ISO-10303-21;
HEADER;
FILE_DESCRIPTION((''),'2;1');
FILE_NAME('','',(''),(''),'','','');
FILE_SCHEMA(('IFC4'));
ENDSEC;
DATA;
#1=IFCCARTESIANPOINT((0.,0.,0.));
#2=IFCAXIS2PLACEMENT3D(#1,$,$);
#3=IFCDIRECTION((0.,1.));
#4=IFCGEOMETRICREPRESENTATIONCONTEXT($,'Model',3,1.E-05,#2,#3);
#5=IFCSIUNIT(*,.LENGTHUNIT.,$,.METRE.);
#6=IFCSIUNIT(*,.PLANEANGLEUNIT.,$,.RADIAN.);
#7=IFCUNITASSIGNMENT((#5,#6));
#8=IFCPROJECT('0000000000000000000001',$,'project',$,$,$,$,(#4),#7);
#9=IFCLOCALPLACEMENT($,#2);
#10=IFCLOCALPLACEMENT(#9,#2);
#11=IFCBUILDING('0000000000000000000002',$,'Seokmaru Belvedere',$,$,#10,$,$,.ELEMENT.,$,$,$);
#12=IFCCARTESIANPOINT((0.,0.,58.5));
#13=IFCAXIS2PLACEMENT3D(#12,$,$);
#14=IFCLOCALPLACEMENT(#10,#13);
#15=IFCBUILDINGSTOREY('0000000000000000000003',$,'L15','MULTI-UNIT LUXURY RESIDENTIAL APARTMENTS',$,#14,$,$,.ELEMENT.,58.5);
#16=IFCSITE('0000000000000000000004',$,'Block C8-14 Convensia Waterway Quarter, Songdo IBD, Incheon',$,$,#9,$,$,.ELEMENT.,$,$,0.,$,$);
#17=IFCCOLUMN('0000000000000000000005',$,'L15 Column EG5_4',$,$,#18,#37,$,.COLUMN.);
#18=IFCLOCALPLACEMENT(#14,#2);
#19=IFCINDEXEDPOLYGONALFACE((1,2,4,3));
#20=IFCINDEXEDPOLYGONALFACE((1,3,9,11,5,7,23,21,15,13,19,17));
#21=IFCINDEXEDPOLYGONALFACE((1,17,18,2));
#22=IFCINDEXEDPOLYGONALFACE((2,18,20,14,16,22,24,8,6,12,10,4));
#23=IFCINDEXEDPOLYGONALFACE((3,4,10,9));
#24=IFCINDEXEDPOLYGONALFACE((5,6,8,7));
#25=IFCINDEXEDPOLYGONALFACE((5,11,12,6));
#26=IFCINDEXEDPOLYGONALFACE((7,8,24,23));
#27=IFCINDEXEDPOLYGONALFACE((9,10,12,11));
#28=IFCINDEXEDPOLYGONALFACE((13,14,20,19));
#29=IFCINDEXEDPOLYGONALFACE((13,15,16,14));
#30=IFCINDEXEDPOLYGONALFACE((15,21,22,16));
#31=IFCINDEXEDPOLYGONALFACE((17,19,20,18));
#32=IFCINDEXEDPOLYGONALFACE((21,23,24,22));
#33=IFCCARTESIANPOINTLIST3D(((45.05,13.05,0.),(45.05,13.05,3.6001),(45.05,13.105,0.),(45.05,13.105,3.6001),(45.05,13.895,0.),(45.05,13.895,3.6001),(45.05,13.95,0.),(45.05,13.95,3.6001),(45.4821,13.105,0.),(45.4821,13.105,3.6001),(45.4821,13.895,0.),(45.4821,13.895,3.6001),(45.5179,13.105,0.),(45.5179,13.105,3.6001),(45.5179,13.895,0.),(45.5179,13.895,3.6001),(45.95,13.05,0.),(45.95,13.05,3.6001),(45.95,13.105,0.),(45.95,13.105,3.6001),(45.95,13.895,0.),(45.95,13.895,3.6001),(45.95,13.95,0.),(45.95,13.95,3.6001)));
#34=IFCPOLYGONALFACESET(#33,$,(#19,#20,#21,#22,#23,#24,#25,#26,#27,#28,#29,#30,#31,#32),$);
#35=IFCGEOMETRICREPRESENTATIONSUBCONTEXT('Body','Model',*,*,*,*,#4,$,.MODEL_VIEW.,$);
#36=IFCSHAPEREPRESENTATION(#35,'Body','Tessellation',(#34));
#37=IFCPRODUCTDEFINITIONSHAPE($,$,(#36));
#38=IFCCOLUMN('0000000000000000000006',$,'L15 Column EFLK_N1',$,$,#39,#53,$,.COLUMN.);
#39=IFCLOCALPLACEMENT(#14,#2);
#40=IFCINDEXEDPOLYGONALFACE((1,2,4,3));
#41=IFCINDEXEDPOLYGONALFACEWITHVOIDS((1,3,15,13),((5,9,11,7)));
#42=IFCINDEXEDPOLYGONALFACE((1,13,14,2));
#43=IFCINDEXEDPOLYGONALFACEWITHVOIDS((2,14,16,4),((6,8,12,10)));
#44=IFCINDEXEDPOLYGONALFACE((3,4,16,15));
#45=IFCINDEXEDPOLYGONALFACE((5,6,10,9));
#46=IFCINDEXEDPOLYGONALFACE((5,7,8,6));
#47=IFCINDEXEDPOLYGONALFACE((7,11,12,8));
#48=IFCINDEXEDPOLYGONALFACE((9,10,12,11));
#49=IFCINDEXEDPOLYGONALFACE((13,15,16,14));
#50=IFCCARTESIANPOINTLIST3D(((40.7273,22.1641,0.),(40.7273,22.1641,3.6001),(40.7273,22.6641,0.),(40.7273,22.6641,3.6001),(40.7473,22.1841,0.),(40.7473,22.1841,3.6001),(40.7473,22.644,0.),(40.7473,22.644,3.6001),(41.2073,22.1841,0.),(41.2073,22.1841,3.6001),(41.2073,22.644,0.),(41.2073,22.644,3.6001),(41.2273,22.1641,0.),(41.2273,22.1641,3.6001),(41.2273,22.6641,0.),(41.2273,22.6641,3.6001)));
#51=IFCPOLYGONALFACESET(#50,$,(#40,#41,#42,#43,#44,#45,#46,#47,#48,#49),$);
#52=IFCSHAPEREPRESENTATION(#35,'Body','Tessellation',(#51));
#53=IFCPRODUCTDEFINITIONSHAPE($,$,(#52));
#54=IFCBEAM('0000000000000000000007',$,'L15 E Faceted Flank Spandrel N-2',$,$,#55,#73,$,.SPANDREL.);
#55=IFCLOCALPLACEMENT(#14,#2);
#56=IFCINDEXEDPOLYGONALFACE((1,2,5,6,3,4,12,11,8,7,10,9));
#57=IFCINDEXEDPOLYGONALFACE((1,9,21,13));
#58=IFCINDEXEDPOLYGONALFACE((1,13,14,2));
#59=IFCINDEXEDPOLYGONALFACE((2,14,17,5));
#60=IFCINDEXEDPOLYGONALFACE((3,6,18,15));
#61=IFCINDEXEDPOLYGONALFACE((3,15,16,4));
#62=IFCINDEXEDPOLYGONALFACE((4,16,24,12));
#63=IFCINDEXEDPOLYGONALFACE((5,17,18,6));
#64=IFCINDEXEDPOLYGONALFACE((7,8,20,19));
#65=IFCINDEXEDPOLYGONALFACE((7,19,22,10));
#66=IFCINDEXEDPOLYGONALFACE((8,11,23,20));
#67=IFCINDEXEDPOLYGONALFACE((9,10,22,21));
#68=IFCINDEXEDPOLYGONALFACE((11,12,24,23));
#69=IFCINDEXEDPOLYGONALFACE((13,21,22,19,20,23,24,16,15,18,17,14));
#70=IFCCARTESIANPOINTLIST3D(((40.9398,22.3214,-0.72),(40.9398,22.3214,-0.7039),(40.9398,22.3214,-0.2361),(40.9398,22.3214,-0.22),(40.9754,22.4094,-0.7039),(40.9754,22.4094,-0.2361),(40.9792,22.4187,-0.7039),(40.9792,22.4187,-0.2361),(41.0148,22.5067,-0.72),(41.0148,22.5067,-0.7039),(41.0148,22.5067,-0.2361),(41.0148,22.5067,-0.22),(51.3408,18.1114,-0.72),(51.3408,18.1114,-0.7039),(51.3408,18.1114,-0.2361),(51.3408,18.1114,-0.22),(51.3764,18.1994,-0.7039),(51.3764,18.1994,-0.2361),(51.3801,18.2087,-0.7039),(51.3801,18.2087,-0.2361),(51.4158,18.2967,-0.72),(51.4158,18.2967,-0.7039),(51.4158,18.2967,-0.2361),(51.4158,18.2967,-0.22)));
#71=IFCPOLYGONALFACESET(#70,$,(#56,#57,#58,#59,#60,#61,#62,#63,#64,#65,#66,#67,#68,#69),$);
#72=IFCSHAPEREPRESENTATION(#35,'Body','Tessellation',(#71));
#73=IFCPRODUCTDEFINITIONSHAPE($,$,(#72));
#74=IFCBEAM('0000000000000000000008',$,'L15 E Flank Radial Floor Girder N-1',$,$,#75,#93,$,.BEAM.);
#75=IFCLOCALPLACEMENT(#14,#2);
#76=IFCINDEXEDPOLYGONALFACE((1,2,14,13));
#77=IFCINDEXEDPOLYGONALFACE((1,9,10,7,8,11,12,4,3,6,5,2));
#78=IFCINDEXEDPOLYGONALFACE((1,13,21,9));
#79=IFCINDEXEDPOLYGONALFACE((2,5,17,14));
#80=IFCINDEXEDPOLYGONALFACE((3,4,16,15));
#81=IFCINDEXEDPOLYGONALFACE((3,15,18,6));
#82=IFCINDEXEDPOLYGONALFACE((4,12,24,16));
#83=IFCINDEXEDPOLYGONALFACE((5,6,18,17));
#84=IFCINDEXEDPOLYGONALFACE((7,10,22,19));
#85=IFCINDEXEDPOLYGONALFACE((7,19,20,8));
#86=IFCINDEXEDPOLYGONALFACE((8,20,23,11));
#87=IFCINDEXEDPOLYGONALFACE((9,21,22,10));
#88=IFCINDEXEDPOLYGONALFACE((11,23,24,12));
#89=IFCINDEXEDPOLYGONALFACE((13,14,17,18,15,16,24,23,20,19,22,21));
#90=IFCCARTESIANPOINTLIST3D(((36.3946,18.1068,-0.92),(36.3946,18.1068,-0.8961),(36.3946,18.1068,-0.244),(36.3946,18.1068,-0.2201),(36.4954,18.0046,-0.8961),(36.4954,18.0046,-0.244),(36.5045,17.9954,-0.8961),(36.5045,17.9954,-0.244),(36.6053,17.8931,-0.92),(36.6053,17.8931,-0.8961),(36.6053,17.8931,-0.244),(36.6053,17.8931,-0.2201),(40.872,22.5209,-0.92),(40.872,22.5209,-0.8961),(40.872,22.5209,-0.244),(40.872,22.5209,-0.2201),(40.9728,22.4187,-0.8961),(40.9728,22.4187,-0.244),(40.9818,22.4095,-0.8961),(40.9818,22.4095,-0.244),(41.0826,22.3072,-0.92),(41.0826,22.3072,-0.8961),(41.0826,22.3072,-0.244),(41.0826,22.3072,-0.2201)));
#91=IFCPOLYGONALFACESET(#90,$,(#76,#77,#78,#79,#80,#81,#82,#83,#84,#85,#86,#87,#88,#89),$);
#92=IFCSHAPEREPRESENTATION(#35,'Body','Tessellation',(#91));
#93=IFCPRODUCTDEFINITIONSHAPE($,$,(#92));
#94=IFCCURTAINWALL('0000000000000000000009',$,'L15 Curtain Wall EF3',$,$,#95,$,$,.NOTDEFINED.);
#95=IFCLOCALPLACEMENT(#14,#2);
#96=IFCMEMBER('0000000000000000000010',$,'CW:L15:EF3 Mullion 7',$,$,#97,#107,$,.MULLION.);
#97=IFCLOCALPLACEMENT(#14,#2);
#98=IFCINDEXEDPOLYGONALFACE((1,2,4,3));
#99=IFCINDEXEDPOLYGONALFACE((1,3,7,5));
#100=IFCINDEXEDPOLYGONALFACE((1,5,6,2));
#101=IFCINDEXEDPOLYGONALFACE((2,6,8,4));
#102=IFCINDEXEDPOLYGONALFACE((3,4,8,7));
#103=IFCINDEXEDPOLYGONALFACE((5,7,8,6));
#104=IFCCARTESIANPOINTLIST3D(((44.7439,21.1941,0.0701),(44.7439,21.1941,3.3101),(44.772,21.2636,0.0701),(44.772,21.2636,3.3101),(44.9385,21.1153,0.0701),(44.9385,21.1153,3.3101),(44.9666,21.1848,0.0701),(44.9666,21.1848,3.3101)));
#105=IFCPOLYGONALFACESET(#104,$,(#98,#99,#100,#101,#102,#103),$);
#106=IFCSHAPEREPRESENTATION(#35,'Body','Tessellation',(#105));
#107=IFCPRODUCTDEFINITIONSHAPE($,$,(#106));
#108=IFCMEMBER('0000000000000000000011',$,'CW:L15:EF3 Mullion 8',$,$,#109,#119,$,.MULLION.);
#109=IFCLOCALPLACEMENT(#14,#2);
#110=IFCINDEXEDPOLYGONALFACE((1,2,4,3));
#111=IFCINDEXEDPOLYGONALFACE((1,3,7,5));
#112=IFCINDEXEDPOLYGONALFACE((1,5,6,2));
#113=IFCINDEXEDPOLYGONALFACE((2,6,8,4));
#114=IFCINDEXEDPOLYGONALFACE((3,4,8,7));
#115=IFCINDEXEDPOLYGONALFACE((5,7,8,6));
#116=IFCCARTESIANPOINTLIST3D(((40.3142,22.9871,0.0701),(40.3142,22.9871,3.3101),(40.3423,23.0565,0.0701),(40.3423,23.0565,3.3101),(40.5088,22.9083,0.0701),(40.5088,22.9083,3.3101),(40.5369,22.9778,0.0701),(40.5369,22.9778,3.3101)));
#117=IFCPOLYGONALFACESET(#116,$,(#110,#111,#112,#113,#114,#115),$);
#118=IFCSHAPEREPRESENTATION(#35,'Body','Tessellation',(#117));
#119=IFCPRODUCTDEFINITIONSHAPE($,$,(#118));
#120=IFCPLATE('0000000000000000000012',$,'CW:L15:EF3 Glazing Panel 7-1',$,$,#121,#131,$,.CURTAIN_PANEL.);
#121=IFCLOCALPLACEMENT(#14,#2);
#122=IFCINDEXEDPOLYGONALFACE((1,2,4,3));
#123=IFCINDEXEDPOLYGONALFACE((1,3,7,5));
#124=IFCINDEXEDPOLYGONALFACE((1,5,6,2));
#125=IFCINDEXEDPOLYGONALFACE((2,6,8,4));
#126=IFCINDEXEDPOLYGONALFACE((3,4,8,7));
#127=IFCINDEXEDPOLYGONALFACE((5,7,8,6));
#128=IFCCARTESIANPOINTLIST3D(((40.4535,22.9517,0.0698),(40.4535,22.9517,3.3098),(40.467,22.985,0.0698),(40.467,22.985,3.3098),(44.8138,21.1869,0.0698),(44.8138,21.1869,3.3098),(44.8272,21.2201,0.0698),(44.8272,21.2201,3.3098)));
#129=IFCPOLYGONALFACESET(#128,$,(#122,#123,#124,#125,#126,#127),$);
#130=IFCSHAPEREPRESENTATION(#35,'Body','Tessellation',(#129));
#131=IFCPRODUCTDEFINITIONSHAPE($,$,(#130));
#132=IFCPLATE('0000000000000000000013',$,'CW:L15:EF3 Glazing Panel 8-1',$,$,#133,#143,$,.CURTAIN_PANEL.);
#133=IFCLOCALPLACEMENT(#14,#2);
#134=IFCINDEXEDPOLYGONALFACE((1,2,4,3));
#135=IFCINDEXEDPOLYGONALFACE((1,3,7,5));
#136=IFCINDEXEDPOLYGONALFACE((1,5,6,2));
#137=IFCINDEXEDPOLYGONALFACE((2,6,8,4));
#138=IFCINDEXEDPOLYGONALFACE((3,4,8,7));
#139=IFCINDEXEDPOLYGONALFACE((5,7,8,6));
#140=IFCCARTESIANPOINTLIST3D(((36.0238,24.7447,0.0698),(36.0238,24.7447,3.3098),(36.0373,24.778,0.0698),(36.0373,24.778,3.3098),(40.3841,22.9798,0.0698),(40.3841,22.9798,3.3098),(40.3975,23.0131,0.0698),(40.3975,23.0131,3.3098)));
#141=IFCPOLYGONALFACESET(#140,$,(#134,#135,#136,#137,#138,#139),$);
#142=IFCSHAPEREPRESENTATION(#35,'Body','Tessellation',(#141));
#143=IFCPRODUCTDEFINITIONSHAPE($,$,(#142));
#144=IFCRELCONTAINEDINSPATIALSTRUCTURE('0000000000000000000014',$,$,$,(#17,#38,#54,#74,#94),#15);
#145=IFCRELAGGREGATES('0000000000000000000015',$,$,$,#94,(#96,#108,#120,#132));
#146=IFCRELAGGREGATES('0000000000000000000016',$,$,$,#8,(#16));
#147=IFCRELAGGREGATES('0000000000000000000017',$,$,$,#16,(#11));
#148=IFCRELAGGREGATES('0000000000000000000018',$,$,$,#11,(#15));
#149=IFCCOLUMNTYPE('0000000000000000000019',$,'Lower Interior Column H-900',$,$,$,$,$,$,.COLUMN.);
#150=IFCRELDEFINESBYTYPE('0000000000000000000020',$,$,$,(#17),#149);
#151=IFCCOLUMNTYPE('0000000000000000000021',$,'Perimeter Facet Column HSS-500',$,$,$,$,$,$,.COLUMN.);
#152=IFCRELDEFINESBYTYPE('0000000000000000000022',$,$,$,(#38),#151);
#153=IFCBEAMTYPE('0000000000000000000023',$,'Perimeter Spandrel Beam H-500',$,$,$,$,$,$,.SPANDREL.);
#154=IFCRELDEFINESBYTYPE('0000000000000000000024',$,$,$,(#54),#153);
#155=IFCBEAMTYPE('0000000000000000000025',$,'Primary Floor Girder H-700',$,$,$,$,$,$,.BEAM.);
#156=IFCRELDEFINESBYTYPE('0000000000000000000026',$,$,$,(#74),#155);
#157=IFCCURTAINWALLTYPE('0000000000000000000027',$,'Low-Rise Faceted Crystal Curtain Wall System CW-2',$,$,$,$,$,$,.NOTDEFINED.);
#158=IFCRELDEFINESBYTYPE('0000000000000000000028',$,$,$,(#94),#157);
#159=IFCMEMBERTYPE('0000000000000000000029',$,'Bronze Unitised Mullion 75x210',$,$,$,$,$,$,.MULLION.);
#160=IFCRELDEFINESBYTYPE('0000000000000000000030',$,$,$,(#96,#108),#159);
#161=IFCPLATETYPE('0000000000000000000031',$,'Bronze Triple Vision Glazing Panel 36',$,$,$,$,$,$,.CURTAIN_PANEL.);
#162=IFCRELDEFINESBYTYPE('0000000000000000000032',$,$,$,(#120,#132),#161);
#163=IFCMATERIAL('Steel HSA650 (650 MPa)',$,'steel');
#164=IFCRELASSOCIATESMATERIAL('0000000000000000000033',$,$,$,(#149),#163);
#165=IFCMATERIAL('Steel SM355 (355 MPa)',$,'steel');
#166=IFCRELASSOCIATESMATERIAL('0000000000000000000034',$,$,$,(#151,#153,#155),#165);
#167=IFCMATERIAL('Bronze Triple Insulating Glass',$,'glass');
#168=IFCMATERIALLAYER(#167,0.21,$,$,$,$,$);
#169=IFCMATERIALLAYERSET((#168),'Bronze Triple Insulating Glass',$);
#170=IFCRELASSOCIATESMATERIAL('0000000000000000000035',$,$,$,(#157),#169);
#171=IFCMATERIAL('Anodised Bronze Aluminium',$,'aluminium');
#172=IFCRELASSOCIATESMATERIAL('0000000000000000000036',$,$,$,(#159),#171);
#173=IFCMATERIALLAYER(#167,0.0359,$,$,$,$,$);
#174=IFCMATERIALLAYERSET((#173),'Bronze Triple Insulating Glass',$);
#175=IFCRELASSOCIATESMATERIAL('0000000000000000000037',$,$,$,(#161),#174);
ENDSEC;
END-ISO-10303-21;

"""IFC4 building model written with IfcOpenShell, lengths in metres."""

from ifc_helpers import new_model, si_unit, direction, frame, origin, origin_2d, place, context, subcontext, project, spatial, rectangle, hollow_rectangle, i_section, extrude, source, transform, mapped, material, layer, layer_set, material_profile, profile_set, type_object, type_shapes, element, aggregate, save


model = new_model("IFC4")

# Units and contexts
model_context = context("Model", 3, precision=1e-05, world=origin(), true_north=direction((0.0, 1.0)))
body_context = subcontext(model_context, "Body", "Model", "MODEL_VIEW")
ifc_project = project(units=[si_unit("LENGTHUNIT", "METRE"), si_unit("PLANEANGLEUNIT", "RADIAN")], contexts=[model_context])

# Site, building, storey
site_placement = place(None, origin())
site = spatial("IfcSite", under=ifc_project, at=site_placement, Name="Block C8-14 Convensia Waterway Quarter, Songdo IBD, Incheon", CompositionType="ELEMENT", RefElevation=0.0)
building_placement = place(site_placement, origin())
building = spatial("IfcBuilding", under=site, at=building_placement, Name="Seokmaru Belvedere", CompositionType="ELEMENT")
storey_placement = place(building_placement, frame((0.0, 0.0, 58.5)))
storey = spatial("IfcBuildingStorey", under=building, at=storey_placement, Name="L15", Description="MULTI-UNIT LUXURY RESIDENTIAL APARTMENTS", CompositionType="ELEMENT", Elevation=58.5)

# Columns
ifc_material_1 = material(Name="Steel HSA650 (650 MPa)", Category="steel")
ifc_material_profile_1 = material_profile(ifc_material_1, i_section(OverallWidth=0.8999, OverallDepth=0.8999, WebThickness=0.0359, FlangeThickness=0.0549, at=origin_2d()), Name="H-900x900x36x55")
ifc_profile_set_1 = profile_set([ifc_material_profile_1], Name="Steel HSA650 (650 MPa)")
column_type_1 = type_object("IfcColumnType", Name="Lower Interior Column H-900", PredefinedType="COLUMN", material=ifc_profile_set_1)
shared_shape_1 = source(origin(), body_context, "Body", "SweptSolid", [
    extrude(i_section(OverallWidth=0.8999, OverallDepth=0.8999, WebThickness=0.0359, FlangeThickness=0.0549, at=origin_2d()), origin(), (0.0, 0.0, 1.0), 3.6001),
])
type_shapes(column_type_1, [shared_shape_1])
column_1_placement = place(storey_placement, frame((45.5, 13.5, 0.0), z_axis=(0.0, 0.0, 1.0), x_axis=(1.0, 0.0, 0.0)))
element("IfcColumn", 1, at=column_1_placement, inside=storey, type_object=column_type_1, Name="L15 Column EG5_4", PredefinedType="COLUMN", context=body_context, shape_type="MappedRepresentation", body=[
    mapped(shared_shape_1, transform((0.0, 0.0, 0.0), scale=1.0)),
])
ifc_material_2 = material(Name="Steel SM355 (355 MPa)", Category="steel")
ifc_material_profile_2 = material_profile(ifc_material_2, hollow_rectangle(XDim=0.5, YDim=0.5, WallThickness=0.02, at=origin_2d()), Name="HSS-500x500x20")
ifc_profile_set_2 = profile_set([ifc_material_profile_2], Name="Steel SM355 (355 MPa)")
column_type_2 = type_object("IfcColumnType", Name="Perimeter Facet Column HSS-500", PredefinedType="COLUMN", material=ifc_profile_set_2)
shared_shape_2 = source(origin(), body_context, "Body", "SweptSolid", [
    extrude(hollow_rectangle(XDim=0.5, YDim=0.5, WallThickness=0.02, at=origin_2d()), origin(), (0.0, 0.0, 1.0), 3.6001),
])
type_shapes(column_type_2, [shared_shape_2])
column_2_placement = place(storey_placement, frame((40.9773, 22.4141, 0.0), z_axis=(0.0, 0.0, 1.0), x_axis=(1.0, 0.0, 0.0)))
element("IfcColumn", 2, at=column_2_placement, inside=storey, type_object=column_type_2, Name="L15 Column EFLK_N1", PredefinedType="COLUMN", context=body_context, shape_type="MappedRepresentation", body=[
    mapped(shared_shape_2, transform((0.0, 0.0, 0.0), scale=1.0)),
])

# Beams
ifc_material_profile_3 = material_profile(ifc_material_2, i_section(OverallWidth=0.2, OverallDepth=0.5, WebThickness=0.01, FlangeThickness=0.0161, at=origin_2d()), Name="H-500x200x10x16")
ifc_profile_set_3 = profile_set([ifc_material_profile_3], Name="Steel SM355 (355 MPa)")
beam_type_1 = type_object("IfcBeamType", Name="Perimeter Spandrel Beam H-500", PredefinedType="SPANDREL", material=ifc_profile_set_3)
shared_shape_3 = source(origin(), body_context, "Body", "SweptSolid", [
    extrude(i_section(OverallWidth=0.2, OverallDepth=0.5, WebThickness=0.01, FlangeThickness=0.0161, at=origin_2d()), origin(), (0.0, 0.0, 1.0), 11.2207),
])
type_shapes(beam_type_1, [shared_shape_3])
beam_1_placement = place(storey_placement, frame((40.9773, 22.4141, -0.47), z_axis=(0.926944, -0.375199, 0.0), x_axis=(0.375199, 0.926944, 0.0)))
element("IfcBeam", 3, at=beam_1_placement, inside=storey, type_object=beam_type_1, Name="L15 E Faceted Flank Spandrel N-2", PredefinedType="SPANDREL", context=body_context, shape_type="MappedRepresentation", body=[
    mapped(shared_shape_3, transform((0.0, 0.0, 0.0), scale=1.0)),
])
ifc_material_profile_4 = material_profile(ifc_material_2, i_section(OverallWidth=0.3, OverallDepth=0.7, WebThickness=0.0129, FlangeThickness=0.0239, at=origin_2d()), Name="H-700x300x13x24")
ifc_profile_set_4 = profile_set([ifc_material_profile_4], Name="Steel SM355 (355 MPa)")
beam_type_2 = type_object("IfcBeamType", Name="Primary Floor Girder H-700", PredefinedType="BEAM", material=ifc_profile_set_4)
shared_shape_4 = source(origin(), body_context, "Body", "SweptSolid", [
    extrude(i_section(OverallWidth=0.3, OverallDepth=0.7, WebThickness=0.0129, FlangeThickness=0.0239, at=origin_2d()), origin(), (0.0, 0.0, 1.0), 6.2874),
])
type_shapes(beam_type_2, [shared_shape_4])
beam_2_placement = place(storey_placement, frame((40.9773, 22.4141, -0.5701), z_axis=(-0.712117, -0.70206, 0.0), x_axis=(0.70206, -0.712117, 0.0)))
element("IfcBeam", 4, at=beam_2_placement, inside=storey, type_object=beam_type_2, Name="L15 E Flank Radial Floor Girder N-1", PredefinedType="BEAM", context=body_context, shape_type="MappedRepresentation", body=[
    mapped(shared_shape_4, transform((0.0, 0.0, 0.0), scale=1.0)),
])

# Curtain wall, members, plates
ifc_material_3 = material(Name="Bronze Triple Insulating Glass", Category="glass")
ifc_layer_1 = layer(ifc_material_3, 0.21)
ifc_layer_set_1 = layer_set([ifc_layer_1], Name="Bronze Triple Insulating Glass")
curtain_wall_type = type_object("IfcCurtainWallType", Name="Low-Rise Faceted Crystal Curtain Wall System CW-2", PredefinedType="NOTDEFINED", material=ifc_layer_set_1)
curtain_wall_placement = place(storey_placement, origin())
curtain_wall = element("IfcCurtainWall", 5, at=curtain_wall_placement, inside=storey, type_object=curtain_wall_type, Name="L15 Curtain Wall EF3", PredefinedType="NOTDEFINED")
ifc_material_4 = material(Name="Anodised Bronze Aluminium", Category="aluminium")
ifc_material_profile_5 = material_profile(ifc_material_4, rectangle(XDim=0.075, YDim=0.21, at=origin_2d()), Name="CW-M-75x210")
ifc_profile_set_5 = profile_set([ifc_material_profile_5], Name="Anodised Bronze Aluminium")
member_type = type_object("IfcMemberType", Name="Bronze Unitised Mullion 75x210", PredefinedType="MULLION", material=ifc_profile_set_5)
shared_shape_5 = source(origin(), body_context, "Body", "SweptSolid", [
    extrude(rectangle(XDim=0.075, YDim=0.21, at=origin_2d()), origin(), (0.0, 0.0, 1.0), 3.24),
])
type_shapes(member_type, [shared_shape_5])
member_1_placement = place(storey_placement, frame((44.8552, 21.1895, 0.0701), z_axis=(0.0, 0.0, 1.0), x_axis=(-0.375192, -0.926947, 0.0)))
member_1 = element("IfcMember", 6, at=member_1_placement, type_object=member_type, Name="CW:L15:EF3 Mullion 7", PredefinedType="MULLION", context=body_context, shape_type="MappedRepresentation", body=[
    mapped(shared_shape_5, transform((0.0, 0.0, 0.0), scale=1.0)),
])
member_2_placement = place(storey_placement, frame((40.4255, 22.9824, 0.0701), z_axis=(0.0, 0.0, 1.0), x_axis=(-0.375192, -0.926947, 0.0)))
member_2 = element("IfcMember", 7, at=member_2_placement, type_object=member_type, Name="CW:L15:EF3 Mullion 8", PredefinedType="MULLION", context=body_context, shape_type="MappedRepresentation", body=[
    mapped(shared_shape_5, transform((0.0, 0.0, 0.0), scale=1.0)),
])
ifc_layer_2 = layer(ifc_material_3, 0.0359)
ifc_layer_set_2 = layer_set([ifc_layer_2], Name="Bronze Triple Insulating Glass")
plate_type = type_object("IfcPlateType", Name="Bronze Triple Vision Glazing Panel 36", PredefinedType="CURTAIN_PANEL", material=ifc_layer_set_2)
shared_shape_6 = source(origin(), body_context, "Body", "SweptSolid", [
    extrude(rectangle(XDim=4.7039, YDim=0.0359, at=origin_2d()), origin(), (0.0, 0.0, 1.0), 3.24),
])
type_shapes(plate_type, [shared_shape_6])
plate_1_placement = place(storey_placement, frame((42.6404, 22.0859, 0.0698), z_axis=(0.0, 0.0, 1.0), x_axis=(-0.926947, 0.375192, 0.0)))
plate_1 = element("IfcPlate", 8, at=plate_1_placement, type_object=plate_type, Name="CW:L15:EF3 Glazing Panel 7-1", PredefinedType="CURTAIN_PANEL", context=body_context, shape_type="MappedRepresentation", body=[
    mapped(shared_shape_6, transform((0.0, 0.0, 0.0), scale=1.0)),
])
plate_2_placement = place(storey_placement, frame((38.2107, 23.8789, 0.0698), z_axis=(0.0, 0.0, 1.0), x_axis=(-0.926947, 0.375192, 0.0)))
plate_2 = element("IfcPlate", 9, at=plate_2_placement, type_object=plate_type, Name="CW:L15:EF3 Glazing Panel 8-1", PredefinedType="CURTAIN_PANEL", context=body_context, shape_type="MappedRepresentation", body=[
    mapped(shared_shape_6, transform((0.0, 0.0, 0.0), scale=1.0)),
])
aggregate(curtain_wall, [member_1, member_2, plate_1, plate_2])

save(model, "model.ifc")
